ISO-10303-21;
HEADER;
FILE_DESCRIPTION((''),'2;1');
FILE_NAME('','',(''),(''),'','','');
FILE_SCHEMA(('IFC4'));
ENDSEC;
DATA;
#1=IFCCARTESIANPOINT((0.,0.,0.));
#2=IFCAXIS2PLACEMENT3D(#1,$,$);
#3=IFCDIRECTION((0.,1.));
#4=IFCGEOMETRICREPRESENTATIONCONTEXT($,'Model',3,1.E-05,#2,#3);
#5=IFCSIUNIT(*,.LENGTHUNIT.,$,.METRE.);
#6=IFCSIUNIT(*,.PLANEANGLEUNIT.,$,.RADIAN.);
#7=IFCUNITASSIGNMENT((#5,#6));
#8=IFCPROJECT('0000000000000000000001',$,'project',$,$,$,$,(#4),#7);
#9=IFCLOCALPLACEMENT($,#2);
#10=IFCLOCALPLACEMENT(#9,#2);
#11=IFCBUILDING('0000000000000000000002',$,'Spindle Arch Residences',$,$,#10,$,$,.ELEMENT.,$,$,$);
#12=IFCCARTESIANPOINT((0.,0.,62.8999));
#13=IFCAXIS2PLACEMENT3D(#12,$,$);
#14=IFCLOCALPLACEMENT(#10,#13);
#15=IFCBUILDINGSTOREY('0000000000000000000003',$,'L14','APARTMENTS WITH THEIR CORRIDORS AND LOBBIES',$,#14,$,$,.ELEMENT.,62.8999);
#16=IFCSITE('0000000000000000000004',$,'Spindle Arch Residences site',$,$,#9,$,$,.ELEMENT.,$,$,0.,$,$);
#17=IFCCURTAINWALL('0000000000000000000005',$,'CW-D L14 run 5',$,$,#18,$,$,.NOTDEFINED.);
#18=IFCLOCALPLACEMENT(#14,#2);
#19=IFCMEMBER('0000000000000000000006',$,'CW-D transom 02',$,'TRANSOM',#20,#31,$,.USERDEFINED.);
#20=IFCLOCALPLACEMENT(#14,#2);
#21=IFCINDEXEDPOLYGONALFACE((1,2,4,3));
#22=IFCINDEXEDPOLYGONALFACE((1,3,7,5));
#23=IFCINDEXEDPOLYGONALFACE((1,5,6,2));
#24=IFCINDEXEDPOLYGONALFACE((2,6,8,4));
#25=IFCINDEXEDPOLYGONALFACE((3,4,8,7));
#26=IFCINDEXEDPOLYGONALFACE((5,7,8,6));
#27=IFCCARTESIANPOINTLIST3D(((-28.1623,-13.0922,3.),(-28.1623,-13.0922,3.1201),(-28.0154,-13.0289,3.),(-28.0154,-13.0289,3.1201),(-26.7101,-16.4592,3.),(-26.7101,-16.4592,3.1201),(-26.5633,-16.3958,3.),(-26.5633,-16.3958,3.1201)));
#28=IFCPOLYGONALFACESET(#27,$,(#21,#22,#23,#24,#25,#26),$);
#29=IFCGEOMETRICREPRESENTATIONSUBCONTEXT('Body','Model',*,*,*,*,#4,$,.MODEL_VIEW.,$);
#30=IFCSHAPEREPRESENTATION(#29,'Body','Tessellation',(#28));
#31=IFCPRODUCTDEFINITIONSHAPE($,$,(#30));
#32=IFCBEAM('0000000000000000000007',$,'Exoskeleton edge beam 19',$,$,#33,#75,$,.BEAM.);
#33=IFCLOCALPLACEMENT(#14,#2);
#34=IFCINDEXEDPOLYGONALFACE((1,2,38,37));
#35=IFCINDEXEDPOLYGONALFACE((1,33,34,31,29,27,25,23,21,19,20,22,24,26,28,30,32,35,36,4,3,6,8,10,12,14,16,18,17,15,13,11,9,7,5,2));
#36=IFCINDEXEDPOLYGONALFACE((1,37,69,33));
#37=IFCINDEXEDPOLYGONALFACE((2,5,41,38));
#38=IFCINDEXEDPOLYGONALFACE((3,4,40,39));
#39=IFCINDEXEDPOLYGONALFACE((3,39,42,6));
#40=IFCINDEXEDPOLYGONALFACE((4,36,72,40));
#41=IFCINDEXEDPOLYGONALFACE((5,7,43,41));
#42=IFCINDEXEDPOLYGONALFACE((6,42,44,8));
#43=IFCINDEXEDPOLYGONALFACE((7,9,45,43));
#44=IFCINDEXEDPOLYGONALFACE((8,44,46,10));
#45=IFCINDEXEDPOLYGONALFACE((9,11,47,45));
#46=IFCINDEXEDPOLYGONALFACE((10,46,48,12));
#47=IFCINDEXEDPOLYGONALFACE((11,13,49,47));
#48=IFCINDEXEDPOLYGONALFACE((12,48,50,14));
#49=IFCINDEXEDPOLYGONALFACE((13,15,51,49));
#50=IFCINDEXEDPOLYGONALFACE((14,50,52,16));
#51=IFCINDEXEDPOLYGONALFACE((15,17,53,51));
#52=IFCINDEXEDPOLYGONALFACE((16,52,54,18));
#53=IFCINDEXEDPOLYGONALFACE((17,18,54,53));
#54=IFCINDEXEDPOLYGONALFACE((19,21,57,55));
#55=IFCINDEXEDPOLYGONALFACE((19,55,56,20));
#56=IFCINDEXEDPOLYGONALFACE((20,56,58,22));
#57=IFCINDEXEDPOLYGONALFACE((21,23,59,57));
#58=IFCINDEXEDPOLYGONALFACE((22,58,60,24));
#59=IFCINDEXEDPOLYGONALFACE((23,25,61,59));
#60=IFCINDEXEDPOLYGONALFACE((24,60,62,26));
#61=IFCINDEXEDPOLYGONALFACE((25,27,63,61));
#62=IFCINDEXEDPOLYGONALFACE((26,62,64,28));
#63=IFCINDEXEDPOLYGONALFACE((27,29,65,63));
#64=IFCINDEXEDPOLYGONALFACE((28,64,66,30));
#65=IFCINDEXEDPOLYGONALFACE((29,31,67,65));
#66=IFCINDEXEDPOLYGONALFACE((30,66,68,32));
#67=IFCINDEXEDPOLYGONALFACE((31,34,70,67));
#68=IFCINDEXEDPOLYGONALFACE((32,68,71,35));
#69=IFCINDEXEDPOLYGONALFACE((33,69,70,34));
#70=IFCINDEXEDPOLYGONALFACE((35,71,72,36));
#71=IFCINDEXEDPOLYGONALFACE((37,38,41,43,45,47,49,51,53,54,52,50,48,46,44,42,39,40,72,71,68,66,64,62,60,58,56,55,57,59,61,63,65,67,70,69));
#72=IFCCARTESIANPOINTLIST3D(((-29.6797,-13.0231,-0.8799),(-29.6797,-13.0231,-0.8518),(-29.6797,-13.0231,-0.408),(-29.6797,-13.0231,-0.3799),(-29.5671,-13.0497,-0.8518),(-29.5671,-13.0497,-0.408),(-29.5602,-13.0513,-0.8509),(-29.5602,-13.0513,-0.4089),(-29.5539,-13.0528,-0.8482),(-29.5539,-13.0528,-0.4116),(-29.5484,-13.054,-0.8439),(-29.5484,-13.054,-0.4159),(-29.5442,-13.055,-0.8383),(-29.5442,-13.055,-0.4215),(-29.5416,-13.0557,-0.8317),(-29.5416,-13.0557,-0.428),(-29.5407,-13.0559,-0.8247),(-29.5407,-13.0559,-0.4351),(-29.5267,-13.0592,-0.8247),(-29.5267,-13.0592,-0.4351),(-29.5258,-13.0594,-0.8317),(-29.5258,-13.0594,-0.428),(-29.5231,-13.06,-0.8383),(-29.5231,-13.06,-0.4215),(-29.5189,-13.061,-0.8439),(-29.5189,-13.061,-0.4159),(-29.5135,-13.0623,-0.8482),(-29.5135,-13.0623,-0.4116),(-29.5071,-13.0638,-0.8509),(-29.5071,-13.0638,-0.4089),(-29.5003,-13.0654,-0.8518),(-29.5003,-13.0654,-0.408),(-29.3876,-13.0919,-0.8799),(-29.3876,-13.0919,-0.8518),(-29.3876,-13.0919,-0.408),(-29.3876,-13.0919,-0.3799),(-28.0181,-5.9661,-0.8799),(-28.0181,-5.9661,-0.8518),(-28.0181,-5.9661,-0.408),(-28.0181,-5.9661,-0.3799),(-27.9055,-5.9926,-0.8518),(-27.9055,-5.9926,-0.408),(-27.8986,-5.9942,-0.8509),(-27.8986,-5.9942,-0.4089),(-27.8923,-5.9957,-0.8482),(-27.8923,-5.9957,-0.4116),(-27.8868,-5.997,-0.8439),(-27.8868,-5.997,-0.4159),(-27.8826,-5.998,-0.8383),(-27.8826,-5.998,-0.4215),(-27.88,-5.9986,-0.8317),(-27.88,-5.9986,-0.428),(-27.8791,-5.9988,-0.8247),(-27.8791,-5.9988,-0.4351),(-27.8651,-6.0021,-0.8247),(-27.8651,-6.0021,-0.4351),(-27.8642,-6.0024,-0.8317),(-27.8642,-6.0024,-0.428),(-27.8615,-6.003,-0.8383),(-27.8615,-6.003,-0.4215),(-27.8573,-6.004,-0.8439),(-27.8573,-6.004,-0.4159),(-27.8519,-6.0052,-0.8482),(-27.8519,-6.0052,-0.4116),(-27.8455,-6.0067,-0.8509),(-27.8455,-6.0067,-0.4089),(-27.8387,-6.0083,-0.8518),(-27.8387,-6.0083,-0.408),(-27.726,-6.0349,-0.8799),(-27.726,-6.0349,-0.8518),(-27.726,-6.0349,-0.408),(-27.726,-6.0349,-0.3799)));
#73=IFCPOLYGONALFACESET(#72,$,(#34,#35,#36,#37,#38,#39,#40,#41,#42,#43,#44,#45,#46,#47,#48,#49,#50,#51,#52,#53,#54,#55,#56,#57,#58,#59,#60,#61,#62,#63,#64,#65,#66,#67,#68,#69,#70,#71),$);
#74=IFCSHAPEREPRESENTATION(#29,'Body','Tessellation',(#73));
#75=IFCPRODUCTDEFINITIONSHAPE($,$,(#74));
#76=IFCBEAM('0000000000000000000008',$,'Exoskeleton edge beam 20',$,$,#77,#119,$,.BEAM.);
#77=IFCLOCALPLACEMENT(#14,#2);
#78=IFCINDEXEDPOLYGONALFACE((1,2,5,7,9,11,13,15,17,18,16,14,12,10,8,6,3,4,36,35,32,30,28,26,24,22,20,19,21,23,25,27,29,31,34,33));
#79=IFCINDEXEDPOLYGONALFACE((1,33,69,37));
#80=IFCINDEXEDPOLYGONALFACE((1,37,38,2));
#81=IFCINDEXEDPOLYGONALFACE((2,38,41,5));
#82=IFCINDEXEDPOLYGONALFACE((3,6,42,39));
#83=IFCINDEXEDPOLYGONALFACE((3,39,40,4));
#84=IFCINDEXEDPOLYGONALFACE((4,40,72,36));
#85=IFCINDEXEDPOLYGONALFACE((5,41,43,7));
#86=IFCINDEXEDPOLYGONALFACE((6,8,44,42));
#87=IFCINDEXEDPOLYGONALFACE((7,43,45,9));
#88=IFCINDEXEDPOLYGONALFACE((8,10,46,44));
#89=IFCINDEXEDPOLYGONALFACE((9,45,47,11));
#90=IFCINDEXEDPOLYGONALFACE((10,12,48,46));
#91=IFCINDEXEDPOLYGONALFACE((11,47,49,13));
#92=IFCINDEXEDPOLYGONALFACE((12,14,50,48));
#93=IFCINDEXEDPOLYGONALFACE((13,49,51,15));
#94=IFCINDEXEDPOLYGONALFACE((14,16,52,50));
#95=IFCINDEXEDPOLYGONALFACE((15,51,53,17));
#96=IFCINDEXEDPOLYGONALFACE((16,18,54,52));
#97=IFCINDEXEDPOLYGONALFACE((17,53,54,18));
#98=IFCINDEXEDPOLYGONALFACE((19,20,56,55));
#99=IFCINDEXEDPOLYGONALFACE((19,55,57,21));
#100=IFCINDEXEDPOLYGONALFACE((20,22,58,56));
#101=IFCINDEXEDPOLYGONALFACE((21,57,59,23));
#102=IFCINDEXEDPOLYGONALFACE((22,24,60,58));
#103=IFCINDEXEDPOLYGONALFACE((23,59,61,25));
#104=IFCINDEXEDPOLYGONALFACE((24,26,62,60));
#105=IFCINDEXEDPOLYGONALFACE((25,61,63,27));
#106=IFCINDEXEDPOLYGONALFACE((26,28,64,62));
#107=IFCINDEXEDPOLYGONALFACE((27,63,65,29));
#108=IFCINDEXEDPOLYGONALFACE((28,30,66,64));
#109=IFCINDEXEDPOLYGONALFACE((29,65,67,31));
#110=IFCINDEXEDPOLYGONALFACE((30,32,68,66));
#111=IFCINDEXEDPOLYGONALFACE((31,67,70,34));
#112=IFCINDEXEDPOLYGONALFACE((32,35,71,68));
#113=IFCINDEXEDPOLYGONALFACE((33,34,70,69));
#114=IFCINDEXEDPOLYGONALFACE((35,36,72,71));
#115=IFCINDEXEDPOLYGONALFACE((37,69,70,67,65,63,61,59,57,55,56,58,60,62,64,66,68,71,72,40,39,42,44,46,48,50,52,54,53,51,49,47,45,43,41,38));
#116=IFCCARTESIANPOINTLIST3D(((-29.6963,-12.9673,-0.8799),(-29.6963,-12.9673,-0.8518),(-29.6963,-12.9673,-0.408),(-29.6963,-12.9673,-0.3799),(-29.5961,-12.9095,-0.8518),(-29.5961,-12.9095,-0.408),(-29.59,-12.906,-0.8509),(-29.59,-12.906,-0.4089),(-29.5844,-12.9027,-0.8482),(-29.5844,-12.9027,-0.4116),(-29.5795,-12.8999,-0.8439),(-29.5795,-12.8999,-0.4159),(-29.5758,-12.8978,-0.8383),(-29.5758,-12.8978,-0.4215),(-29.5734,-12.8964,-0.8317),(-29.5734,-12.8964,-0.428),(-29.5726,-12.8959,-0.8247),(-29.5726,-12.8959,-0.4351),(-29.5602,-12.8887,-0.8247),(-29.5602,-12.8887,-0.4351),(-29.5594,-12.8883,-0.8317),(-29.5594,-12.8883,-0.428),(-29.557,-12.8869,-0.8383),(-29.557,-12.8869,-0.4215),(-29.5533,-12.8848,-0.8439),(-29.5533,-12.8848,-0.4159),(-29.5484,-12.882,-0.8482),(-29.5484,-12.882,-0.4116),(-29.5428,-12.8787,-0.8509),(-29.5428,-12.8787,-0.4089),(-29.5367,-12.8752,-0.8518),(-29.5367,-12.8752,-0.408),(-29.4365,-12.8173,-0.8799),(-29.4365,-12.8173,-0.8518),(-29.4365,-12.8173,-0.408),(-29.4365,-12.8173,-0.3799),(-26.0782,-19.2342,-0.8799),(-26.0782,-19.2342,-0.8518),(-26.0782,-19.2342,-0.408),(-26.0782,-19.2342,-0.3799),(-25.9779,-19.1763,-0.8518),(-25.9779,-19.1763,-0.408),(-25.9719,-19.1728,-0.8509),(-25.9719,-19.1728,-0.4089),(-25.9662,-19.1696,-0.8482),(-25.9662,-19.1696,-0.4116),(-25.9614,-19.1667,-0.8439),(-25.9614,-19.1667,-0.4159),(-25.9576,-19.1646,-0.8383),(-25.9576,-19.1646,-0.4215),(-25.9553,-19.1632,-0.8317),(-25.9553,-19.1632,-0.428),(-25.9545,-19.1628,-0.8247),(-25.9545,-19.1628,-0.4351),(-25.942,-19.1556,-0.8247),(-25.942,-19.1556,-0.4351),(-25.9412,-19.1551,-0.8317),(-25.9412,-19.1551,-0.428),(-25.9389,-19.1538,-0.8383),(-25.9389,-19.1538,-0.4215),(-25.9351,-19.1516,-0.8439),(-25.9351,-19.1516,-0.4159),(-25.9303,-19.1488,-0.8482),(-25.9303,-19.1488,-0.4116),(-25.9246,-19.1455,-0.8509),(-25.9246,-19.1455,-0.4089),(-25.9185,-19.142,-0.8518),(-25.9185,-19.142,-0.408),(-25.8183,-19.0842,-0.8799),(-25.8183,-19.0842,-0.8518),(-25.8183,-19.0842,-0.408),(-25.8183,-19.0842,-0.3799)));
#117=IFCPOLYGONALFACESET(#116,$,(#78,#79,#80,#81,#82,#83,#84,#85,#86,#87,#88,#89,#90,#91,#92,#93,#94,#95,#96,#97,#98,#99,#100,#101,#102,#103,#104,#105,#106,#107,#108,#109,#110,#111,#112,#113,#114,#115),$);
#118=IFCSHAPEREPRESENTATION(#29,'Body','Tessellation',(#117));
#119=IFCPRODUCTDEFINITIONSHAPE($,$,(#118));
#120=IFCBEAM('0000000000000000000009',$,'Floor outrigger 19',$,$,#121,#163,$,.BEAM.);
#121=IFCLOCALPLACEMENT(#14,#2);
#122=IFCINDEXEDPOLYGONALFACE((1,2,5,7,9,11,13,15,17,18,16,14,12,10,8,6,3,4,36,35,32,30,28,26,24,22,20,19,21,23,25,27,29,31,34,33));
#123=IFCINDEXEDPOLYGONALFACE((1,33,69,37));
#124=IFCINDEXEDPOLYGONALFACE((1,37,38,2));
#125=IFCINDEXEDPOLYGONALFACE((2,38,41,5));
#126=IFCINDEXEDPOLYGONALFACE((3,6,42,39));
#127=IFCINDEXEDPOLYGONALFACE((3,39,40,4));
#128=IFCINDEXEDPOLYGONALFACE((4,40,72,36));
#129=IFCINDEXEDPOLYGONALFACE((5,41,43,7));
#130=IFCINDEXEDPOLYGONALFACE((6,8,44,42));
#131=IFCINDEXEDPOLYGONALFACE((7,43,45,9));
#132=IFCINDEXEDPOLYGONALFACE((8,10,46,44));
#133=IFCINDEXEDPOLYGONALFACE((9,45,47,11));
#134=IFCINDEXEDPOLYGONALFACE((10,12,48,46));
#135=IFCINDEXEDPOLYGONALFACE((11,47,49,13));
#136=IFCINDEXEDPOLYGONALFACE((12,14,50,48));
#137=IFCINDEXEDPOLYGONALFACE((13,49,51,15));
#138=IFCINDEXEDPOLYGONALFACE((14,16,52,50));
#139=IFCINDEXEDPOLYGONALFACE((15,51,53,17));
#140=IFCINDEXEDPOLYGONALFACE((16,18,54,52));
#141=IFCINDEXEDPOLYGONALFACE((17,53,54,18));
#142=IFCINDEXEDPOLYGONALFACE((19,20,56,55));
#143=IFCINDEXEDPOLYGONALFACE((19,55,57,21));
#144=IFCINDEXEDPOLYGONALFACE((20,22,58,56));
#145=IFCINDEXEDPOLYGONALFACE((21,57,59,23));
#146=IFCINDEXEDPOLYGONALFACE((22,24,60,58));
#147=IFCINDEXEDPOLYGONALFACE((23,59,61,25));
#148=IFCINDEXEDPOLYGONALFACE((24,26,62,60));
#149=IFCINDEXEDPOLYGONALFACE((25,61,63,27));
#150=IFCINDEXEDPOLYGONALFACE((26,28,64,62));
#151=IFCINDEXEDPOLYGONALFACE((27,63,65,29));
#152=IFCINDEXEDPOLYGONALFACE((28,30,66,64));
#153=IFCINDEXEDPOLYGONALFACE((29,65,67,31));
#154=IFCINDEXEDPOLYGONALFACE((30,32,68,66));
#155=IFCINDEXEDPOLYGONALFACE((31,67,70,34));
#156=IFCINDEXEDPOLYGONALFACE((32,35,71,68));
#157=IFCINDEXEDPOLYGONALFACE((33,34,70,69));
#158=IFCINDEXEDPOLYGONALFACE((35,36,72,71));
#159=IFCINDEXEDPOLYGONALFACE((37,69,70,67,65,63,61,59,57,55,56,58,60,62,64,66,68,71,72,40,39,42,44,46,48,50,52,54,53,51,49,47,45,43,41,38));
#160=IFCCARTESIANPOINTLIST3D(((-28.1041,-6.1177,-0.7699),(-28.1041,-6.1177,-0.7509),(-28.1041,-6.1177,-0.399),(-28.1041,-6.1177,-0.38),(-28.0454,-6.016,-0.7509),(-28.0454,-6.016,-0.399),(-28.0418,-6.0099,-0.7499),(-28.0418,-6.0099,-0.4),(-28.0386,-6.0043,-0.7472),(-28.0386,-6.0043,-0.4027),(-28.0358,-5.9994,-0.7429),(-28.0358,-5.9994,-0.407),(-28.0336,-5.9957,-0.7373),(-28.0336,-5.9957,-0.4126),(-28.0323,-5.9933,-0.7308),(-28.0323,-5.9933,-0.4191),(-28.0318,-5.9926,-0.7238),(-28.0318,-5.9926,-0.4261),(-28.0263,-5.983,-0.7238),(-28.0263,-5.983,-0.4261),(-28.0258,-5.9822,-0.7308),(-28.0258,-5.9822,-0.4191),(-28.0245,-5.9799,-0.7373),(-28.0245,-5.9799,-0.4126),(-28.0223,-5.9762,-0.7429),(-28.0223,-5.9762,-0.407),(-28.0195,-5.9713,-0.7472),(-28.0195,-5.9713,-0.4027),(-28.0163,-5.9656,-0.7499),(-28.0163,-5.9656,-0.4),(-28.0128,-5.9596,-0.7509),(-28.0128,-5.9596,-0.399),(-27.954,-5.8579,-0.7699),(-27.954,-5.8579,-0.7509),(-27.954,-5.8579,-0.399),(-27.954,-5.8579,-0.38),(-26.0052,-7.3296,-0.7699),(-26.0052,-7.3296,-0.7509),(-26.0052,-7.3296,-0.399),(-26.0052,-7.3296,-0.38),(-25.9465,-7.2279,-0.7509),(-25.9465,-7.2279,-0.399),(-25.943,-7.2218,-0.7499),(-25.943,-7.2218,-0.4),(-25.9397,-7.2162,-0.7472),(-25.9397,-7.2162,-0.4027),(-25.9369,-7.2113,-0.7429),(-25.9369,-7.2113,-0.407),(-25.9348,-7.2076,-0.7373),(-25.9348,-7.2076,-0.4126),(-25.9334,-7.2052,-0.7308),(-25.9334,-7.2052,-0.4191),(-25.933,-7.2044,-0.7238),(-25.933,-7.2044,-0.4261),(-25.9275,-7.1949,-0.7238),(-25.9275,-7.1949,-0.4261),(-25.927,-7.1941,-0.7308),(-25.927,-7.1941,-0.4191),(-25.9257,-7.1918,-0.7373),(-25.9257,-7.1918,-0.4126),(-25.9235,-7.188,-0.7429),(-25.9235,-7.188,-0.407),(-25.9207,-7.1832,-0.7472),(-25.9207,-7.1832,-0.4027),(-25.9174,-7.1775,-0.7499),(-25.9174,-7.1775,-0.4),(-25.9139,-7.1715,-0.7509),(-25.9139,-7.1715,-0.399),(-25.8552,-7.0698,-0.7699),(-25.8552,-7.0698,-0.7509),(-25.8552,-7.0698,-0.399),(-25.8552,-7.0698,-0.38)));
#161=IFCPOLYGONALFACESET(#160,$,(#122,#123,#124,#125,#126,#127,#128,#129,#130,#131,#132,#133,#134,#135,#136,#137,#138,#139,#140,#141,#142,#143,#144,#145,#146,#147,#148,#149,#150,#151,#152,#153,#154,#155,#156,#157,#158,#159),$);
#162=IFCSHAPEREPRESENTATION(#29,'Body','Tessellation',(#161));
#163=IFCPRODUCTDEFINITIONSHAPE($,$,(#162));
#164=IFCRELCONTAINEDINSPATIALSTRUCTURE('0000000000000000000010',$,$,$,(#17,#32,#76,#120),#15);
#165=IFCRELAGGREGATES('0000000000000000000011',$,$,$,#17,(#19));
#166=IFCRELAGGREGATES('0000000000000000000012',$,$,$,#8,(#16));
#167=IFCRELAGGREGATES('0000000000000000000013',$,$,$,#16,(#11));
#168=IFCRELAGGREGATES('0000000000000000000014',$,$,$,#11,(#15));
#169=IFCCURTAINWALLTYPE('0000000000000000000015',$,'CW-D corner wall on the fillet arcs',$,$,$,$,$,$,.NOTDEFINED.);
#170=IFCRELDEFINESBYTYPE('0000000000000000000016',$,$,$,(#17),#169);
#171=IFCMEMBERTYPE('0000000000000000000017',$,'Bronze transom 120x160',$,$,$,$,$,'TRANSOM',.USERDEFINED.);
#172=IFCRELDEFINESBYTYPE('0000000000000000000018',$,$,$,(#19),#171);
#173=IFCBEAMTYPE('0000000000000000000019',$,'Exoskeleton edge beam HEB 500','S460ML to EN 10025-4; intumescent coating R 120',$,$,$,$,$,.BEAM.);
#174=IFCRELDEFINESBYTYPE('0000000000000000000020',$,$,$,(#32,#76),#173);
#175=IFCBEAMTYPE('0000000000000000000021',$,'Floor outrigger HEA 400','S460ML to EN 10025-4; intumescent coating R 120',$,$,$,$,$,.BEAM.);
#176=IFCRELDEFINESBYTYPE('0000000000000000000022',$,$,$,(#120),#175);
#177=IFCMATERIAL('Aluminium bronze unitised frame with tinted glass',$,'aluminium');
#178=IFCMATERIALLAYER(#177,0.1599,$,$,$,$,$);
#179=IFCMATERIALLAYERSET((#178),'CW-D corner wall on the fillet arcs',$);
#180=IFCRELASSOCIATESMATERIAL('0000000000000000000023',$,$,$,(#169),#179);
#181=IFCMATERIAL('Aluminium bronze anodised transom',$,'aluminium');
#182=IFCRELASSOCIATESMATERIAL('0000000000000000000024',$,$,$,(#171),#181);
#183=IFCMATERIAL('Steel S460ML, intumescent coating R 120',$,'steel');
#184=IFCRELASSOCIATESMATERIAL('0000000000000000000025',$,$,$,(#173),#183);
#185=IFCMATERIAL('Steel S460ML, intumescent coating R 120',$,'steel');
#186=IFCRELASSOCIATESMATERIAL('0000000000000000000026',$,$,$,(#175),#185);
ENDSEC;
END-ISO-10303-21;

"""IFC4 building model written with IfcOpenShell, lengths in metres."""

from ifc_helpers import new_model, si_unit, direction, frame, origin, origin_2d, place, context, subcontext, project, spatial, rectangle, i_section, extrude, material, layer, layer_set, material_profile, profile_set, type_object, element, aggregate, save


model = new_model("IFC4")

# Units and contexts
model_context = context("Model", 3, precision=1e-05, world=origin(), true_north=direction((0.0, 1.0)))
body_context = subcontext(model_context, "Body", "Model", "MODEL_VIEW")
ifc_project = project(units=[si_unit("LENGTHUNIT", "METRE"), si_unit("PLANEANGLEUNIT", "RADIAN")], contexts=[model_context])

# Site, building, storey
site_placement = place(None, origin())
site = spatial("IfcSite", under=ifc_project, at=site_placement, Name="Spindle Arch Residences site", CompositionType="ELEMENT", RefElevation=0.0)
building_placement = place(site_placement, origin())
building = spatial("IfcBuilding", under=site, at=building_placement, Name="Spindle Arch Residences", CompositionType="ELEMENT")
storey_placement = place(building_placement, frame((0.0, 0.0, 62.8999)))
storey = spatial("IfcBuildingStorey", under=building, at=storey_placement, Name="L14", Description="APARTMENTS WITH THEIR CORRIDORS AND LOBBIES", CompositionType="ELEMENT", Elevation=62.8999)

# Curtain wall, member
ifc_material_1 = material(Name="Aluminium bronze unitised frame with tinted glass", Category="aluminium")
ifc_layer_1 = layer(ifc_material_1, 0.1599)
ifc_layer_set_1 = layer_set([ifc_layer_1], Name="CW-D corner wall on the fillet arcs")
curtain_wall_type_1 = type_object("IfcCurtainWallType", Name="CW-D corner wall on the fillet arcs", PredefinedType="NOTDEFINED", material=ifc_layer_set_1)
curtain_wall_1_placement = place(storey_placement, origin())
curtain_wall_1 = element("IfcCurtainWall", 1, at=curtain_wall_1_placement, inside=storey, type_object=curtain_wall_type_1, Name="CW-D L14 run 5", PredefinedType="NOTDEFINED")
ifc_material_2 = material(Name="Aluminium bronze anodised transom", Category="aluminium")
ifc_material_profile_1 = material_profile(ifc_material_2, rectangle(XDim=0.1599, YDim=0.1201, at=origin_2d()), Name="TR 120x160")
ifc_profile_set_1 = profile_set([ifc_material_profile_1], Name="Aluminium bronze anodised transom")
member_type_1 = type_object("IfcMemberType", Name="Bronze transom 120x160", ElementType="TRANSOM", PredefinedType="USERDEFINED", material=ifc_profile_set_1)
member_1_placement = place(storey_placement, frame((-28.0889, -13.0605, 3.0601), z_axis=(0.396032, -0.918237, 0.0), x_axis=(0.918237, 0.396032, 0.0)))
member_1 = element("IfcMember", 2, at=member_1_placement, type_object=member_type_1, Name="CW-D transom 02", ObjectType="TRANSOM", PredefinedType="USERDEFINED", context=body_context, shape_type="SweptSolid", body=[
    extrude(rectangle(XDim=0.1599, YDim=0.1201, at=origin_2d()), origin(), (0.0, 0.0, 1.0), 3.6667),
])

# Beams
ifc_material_3 = material(Name="Steel S460ML, intumescent coating R 120", Category="steel")
ifc_material_profile_2 = material_profile(ifc_material_3, i_section(OverallWidth=0.3, OverallDepth=0.5, WebThickness=0.0144, FlangeThickness=0.0281, FilletRadius=0.0271, at=origin_2d()), Name="HEB 500")
ifc_profile_set_2 = profile_set([ifc_material_profile_2], Name="Steel S460ML, intumescent coating R 120")
beam_type_1 = type_object("IfcBeamType", Name="Exoskeleton edge beam HEB 500", Description="S460ML to EN 10025-4; intumescent coating R 120", PredefinedType="BEAM", material=ifc_profile_set_2)
beam_1_placement = place(storey_placement, frame((-27.8721, -6.0005, -0.6299), z_axis=(-0.229186, -0.973383, 0.0), x_axis=(0.973383, -0.229186, 0.0)))
element("IfcBeam", 3, at=beam_1_placement, inside=storey, type_object=beam_type_1, Name="Exoskeleton edge beam 19", PredefinedType="BEAM", context=body_context, shape_type="SweptSolid", body=[
    extrude(i_section(OverallWidth=0.3, OverallDepth=0.5, WebThickness=0.0144, FlangeThickness=0.0281, FilletRadius=0.0271, at=origin_2d()), origin(), (0.0, 0.0, 1.0), 7.25),
])
beam_2_placement = place(storey_placement, frame((-29.5664, -12.8923, -0.6299), z_axis=(0.5, -0.866025, 0.0), x_axis=(0.866025, 0.5, 0.0)))
element("IfcBeam", 4, at=beam_2_placement, inside=storey, type_object=beam_type_1, Name="Exoskeleton edge beam 20", PredefinedType="BEAM", context=body_context, shape_type="SweptSolid", body=[
    extrude(i_section(OverallWidth=0.3, OverallDepth=0.5, WebThickness=0.0144, FlangeThickness=0.0281, FilletRadius=0.0271, at=origin_2d()), origin(), (0.0, 0.0, 1.0), 7.2363),
])
ifc_material_4 = material(Name="Steel S460ML, intumescent coating R 120", Category="steel")
ifc_material_profile_3 = material_profile(ifc_material_4, i_section(OverallWidth=0.3, OverallDepth=0.3899, WebThickness=0.011, FlangeThickness=0.019, FilletRadius=0.0271, at=origin_2d()), Name="HEA 400")
ifc_profile_set_3 = profile_set([ifc_material_profile_3], Name="Steel S460ML, intumescent coating R 120")
beam_type_2 = type_object("IfcBeamType", Name="Floor outrigger HEA 400", Description="S460ML to EN 10025-4; intumescent coating R 120", PredefinedType="BEAM", material=ifc_profile_set_3)
beam_3_placement = place(storey_placement, frame((-28.0291, -5.9878, -0.575), z_axis=(0.866003, -0.500039, 0.0), x_axis=(0.500039, 0.866003, 0.0)))
element("IfcBeam", 5, at=beam_3_placement, inside=storey, type_object=beam_type_2, Name="Floor outrigger 19", PredefinedType="BEAM", context=body_context, shape_type="SweptSolid", body=[
    extrude(i_section(OverallWidth=0.3, OverallDepth=0.3899, WebThickness=0.011, FlangeThickness=0.019, FilletRadius=0.0271, at=origin_2d()), origin(), (0.0, 0.0, 1.0), 2.4236),
])

aggregate(curtain_wall_1, [member_1])

save(model, "model.ifc")
